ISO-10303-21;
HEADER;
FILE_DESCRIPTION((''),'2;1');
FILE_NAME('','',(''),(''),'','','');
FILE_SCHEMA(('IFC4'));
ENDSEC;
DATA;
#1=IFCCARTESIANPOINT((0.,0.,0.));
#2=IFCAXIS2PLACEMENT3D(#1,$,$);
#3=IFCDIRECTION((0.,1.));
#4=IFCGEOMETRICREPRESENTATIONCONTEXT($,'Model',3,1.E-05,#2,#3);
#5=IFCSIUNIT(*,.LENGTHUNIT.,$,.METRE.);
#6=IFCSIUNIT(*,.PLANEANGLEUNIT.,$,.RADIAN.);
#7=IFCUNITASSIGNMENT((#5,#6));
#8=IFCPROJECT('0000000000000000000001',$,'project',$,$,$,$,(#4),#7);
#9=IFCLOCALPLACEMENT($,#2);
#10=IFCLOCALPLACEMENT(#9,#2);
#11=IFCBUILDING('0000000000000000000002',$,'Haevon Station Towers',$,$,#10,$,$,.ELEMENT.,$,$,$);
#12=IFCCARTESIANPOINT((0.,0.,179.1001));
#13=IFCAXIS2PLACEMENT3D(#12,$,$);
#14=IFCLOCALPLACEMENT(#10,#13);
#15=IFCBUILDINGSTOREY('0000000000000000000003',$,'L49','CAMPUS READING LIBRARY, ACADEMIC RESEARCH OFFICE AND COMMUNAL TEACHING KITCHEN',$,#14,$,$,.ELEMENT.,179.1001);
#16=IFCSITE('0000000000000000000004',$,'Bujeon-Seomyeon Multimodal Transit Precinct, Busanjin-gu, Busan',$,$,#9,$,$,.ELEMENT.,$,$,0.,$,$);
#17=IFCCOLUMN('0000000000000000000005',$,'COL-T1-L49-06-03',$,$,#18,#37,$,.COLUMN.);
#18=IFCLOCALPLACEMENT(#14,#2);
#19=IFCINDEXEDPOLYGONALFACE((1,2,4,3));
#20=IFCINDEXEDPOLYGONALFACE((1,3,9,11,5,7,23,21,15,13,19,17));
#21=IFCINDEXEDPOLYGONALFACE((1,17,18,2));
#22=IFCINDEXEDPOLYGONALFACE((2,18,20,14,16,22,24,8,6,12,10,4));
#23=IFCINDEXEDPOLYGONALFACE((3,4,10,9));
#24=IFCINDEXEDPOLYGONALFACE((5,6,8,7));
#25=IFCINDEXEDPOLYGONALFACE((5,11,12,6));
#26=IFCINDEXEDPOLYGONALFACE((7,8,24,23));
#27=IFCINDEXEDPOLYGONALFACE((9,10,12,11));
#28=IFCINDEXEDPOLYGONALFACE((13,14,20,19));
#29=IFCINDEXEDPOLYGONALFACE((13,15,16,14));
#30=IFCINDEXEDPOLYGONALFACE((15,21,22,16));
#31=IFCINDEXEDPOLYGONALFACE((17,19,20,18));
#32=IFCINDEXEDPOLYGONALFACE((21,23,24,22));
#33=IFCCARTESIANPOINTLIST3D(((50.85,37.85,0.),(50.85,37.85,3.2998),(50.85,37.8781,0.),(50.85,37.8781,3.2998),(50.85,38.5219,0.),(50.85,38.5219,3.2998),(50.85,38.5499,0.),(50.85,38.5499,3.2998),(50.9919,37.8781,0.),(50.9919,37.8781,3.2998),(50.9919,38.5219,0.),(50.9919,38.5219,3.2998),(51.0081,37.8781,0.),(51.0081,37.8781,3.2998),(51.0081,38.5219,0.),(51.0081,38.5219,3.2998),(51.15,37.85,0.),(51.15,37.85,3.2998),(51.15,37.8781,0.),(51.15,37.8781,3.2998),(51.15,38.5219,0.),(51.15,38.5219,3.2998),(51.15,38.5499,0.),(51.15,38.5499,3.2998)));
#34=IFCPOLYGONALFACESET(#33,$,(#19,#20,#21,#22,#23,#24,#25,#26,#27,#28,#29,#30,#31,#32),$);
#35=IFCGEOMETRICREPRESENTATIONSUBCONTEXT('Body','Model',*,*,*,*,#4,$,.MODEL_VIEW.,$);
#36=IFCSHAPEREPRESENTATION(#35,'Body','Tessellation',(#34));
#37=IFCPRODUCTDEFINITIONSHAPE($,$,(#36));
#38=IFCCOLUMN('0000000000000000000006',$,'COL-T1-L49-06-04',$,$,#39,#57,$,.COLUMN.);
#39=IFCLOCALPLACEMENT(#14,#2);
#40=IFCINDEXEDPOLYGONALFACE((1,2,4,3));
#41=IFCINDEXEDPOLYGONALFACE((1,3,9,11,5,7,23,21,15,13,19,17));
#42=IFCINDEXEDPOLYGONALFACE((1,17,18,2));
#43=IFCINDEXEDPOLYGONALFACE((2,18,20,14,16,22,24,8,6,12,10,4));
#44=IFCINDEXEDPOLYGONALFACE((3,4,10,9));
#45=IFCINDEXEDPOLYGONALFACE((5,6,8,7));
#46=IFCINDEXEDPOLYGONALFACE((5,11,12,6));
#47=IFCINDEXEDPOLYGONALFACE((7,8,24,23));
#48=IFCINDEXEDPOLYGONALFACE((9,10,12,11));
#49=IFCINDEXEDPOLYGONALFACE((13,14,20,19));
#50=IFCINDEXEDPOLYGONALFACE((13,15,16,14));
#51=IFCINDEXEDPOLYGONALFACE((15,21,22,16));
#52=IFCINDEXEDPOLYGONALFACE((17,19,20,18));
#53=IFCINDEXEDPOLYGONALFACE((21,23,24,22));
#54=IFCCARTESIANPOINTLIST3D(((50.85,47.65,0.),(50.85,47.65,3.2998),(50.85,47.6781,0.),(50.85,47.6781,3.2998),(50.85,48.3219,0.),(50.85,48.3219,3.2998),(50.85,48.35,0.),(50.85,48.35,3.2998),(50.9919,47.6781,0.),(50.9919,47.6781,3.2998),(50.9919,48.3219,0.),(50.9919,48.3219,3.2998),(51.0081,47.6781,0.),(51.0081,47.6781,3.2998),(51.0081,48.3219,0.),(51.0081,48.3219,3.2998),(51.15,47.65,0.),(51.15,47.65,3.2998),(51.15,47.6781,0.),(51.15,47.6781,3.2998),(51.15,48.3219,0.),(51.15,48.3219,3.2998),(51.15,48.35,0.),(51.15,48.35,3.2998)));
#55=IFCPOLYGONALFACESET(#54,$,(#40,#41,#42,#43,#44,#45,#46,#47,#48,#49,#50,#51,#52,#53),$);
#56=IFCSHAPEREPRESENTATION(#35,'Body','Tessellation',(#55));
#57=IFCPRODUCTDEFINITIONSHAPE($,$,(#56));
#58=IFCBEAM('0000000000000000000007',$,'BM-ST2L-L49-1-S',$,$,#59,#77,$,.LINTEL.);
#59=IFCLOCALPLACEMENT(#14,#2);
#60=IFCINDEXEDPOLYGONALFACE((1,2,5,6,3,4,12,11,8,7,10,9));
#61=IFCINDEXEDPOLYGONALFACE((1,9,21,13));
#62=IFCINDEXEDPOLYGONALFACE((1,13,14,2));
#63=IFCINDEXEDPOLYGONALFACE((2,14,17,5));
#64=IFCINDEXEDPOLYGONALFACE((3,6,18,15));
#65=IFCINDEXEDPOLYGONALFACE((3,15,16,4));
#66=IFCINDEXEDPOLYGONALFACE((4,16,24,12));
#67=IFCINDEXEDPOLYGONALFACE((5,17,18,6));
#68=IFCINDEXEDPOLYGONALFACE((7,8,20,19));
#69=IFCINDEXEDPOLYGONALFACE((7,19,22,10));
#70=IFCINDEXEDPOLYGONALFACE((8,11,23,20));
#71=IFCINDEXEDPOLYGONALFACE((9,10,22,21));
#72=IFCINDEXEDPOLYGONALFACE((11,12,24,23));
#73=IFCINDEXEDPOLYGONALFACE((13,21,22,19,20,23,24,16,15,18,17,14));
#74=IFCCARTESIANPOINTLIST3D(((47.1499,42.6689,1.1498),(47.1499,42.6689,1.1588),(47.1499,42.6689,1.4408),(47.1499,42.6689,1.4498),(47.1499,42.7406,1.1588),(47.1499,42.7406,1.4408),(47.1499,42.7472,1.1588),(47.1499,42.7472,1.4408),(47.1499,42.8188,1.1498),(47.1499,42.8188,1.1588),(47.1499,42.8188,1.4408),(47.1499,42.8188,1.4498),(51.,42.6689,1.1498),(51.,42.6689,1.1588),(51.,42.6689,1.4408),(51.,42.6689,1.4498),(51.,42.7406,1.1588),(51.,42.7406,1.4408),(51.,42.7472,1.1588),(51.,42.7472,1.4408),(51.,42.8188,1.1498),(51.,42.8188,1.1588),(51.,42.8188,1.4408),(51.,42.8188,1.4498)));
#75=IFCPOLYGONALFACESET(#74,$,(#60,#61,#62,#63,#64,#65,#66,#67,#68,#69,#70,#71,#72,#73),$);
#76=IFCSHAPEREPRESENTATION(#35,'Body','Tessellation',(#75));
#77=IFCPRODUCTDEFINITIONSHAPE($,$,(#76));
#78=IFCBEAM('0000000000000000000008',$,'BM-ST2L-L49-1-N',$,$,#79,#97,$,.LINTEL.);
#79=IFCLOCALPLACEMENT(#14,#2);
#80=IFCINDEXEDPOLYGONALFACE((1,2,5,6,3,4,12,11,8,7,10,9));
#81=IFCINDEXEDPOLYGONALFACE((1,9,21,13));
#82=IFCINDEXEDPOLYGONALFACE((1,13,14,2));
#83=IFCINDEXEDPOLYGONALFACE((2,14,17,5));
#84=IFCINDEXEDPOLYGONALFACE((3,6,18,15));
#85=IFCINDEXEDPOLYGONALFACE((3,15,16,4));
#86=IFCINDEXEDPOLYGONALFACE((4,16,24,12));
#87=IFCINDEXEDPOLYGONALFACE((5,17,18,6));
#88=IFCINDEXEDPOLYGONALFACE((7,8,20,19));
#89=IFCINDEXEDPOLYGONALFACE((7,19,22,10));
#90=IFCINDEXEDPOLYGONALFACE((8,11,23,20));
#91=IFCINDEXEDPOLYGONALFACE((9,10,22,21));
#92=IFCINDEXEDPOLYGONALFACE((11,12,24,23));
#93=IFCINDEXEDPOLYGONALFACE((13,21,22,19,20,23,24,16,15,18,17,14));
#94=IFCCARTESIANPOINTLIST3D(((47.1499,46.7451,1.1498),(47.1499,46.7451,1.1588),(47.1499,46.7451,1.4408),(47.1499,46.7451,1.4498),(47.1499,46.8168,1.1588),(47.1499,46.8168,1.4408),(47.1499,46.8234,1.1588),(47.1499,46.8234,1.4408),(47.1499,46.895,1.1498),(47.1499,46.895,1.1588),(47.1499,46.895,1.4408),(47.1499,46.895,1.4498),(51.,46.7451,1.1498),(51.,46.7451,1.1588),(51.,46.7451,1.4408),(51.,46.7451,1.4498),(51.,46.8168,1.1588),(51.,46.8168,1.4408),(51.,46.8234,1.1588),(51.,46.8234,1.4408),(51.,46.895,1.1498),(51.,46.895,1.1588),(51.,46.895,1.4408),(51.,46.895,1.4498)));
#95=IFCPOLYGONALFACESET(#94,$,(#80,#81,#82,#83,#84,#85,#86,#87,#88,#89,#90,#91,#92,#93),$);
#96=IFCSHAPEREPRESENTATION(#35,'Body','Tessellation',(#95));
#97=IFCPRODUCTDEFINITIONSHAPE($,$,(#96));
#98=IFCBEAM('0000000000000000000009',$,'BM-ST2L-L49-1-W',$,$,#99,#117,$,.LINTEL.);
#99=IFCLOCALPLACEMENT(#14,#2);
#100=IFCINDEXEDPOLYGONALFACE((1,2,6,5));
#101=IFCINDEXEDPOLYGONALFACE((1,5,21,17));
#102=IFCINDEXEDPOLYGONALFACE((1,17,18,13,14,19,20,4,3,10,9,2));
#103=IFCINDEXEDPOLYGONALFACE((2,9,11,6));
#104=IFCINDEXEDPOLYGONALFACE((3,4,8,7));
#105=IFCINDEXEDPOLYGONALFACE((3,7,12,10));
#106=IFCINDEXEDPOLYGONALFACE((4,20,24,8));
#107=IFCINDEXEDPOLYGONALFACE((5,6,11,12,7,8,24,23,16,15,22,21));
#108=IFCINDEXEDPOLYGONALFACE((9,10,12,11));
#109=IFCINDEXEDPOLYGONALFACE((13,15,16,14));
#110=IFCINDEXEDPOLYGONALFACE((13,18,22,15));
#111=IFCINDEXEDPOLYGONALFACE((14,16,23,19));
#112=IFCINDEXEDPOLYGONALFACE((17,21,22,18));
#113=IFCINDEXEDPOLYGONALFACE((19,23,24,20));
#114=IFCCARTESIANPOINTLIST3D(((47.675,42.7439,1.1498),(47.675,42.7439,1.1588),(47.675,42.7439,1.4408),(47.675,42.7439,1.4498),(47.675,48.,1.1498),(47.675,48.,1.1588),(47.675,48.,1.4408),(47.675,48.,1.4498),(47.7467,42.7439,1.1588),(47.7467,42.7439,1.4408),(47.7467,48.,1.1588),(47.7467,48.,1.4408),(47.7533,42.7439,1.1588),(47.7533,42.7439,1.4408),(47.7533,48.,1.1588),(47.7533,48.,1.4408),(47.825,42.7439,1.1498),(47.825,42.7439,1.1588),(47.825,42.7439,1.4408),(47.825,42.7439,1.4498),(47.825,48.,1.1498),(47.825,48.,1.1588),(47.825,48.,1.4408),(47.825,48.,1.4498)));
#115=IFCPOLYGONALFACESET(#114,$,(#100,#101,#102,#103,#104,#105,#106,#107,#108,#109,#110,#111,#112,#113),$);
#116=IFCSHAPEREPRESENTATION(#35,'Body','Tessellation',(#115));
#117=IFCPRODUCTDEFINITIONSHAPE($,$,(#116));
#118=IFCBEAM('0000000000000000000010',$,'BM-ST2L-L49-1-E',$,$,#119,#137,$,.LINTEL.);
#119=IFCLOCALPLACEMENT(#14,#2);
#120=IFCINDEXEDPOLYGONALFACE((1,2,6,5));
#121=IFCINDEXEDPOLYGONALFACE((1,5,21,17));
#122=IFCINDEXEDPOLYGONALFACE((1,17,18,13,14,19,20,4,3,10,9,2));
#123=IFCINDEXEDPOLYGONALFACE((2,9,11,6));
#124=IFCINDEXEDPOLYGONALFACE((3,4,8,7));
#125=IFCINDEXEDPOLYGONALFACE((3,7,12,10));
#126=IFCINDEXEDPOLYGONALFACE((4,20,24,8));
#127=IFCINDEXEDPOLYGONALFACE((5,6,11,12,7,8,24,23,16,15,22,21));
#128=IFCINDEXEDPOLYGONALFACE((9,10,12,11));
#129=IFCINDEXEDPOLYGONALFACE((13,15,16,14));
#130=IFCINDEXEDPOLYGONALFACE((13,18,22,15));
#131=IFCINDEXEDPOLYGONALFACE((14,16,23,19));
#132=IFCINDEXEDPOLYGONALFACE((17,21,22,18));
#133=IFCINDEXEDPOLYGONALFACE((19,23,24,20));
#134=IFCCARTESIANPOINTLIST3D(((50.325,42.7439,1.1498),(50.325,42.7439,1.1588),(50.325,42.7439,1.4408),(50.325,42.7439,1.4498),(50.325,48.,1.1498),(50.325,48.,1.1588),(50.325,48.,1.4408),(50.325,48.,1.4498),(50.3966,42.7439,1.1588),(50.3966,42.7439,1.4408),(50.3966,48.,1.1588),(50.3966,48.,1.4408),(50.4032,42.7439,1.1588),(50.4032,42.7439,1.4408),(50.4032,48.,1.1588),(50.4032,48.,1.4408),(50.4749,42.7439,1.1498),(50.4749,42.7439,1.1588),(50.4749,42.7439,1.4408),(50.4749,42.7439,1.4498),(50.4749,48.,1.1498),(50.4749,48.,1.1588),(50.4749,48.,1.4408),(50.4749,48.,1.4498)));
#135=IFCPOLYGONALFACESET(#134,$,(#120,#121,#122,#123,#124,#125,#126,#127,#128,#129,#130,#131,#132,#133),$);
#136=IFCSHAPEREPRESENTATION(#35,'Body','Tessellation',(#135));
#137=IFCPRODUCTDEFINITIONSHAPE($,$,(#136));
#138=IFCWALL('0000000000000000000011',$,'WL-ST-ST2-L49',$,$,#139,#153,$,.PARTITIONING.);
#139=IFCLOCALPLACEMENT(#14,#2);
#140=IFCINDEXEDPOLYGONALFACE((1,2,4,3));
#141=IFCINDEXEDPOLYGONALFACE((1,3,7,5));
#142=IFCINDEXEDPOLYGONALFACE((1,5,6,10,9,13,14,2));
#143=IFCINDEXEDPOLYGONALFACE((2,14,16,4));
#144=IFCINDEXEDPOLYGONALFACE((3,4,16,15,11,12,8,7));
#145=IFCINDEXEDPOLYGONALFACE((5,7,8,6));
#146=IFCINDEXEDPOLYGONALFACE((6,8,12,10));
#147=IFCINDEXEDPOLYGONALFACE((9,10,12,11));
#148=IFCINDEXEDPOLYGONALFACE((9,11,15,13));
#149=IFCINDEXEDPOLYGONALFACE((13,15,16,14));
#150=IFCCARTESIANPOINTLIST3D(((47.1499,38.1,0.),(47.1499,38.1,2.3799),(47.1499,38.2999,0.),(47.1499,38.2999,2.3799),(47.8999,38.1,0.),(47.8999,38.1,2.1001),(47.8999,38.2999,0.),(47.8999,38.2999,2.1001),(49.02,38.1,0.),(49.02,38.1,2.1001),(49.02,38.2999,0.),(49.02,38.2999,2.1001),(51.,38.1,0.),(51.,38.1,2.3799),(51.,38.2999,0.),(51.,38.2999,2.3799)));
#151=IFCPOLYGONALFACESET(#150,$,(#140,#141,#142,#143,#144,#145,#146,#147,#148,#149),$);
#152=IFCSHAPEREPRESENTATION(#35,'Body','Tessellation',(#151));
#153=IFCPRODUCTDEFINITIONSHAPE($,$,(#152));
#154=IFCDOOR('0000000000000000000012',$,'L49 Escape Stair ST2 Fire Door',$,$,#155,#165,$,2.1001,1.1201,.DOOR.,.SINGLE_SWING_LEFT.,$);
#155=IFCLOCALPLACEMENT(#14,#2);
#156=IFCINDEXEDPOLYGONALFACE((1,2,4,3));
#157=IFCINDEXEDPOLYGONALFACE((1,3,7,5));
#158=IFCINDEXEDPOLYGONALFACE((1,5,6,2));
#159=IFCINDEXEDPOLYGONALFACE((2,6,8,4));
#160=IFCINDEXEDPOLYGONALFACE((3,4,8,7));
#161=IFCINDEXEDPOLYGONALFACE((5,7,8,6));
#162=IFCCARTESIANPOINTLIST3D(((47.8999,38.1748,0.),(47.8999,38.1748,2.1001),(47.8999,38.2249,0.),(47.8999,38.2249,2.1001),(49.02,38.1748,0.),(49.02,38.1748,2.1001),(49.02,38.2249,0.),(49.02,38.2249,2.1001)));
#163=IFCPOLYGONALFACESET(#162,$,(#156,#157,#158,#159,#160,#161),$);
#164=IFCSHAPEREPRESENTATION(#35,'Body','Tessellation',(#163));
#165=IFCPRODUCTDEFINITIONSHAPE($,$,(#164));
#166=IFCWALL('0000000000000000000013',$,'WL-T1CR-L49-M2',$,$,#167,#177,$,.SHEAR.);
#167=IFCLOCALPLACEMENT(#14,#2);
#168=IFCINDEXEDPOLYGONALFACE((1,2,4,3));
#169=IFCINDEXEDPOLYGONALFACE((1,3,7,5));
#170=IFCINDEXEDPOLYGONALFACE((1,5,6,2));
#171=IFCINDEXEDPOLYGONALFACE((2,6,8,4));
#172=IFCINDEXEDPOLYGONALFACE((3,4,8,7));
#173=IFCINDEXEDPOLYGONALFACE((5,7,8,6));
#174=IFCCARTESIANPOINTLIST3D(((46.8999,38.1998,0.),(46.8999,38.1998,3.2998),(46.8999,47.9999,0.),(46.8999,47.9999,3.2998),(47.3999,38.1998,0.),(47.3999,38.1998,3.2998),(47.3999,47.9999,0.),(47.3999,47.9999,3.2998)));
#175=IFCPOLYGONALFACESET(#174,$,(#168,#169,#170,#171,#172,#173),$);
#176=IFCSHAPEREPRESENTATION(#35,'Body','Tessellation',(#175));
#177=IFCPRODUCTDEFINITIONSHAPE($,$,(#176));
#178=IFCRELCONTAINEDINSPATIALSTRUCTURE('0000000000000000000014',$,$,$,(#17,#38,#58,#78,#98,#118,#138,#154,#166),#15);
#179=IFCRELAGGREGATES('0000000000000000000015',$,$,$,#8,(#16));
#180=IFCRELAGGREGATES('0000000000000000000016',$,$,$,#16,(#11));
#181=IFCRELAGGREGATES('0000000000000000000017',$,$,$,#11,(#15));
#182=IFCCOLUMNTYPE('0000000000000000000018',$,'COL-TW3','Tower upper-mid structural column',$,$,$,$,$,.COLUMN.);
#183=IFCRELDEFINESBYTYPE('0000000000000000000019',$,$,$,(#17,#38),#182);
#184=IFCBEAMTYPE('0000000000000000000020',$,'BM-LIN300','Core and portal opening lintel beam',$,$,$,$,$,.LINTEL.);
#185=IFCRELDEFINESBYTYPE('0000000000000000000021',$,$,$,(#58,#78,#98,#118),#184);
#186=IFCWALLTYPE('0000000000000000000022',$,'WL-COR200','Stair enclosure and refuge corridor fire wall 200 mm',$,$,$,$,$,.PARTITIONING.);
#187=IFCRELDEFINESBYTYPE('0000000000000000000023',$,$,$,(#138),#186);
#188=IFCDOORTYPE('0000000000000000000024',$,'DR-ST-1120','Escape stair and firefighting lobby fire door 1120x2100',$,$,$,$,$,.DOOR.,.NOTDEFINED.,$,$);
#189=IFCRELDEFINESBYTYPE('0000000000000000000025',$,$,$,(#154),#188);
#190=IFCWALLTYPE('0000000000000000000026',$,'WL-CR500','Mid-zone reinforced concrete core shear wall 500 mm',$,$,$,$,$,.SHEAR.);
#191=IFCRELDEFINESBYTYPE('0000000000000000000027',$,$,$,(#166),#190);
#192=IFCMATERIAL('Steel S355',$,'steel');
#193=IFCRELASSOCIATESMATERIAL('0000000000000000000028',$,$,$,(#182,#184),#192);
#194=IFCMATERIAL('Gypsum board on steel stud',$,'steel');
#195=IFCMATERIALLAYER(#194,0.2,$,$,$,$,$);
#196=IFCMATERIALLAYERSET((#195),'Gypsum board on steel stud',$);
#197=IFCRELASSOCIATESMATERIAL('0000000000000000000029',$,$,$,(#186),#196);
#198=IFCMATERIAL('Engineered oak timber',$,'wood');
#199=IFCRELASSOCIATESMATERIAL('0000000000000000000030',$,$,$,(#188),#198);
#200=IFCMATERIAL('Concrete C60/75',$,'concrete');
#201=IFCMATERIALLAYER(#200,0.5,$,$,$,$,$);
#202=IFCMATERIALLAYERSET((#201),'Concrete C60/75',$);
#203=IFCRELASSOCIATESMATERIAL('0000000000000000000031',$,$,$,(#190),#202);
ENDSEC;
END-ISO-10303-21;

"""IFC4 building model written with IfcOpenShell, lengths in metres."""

from ifc_helpers import new_model, si_unit, direction, frame, frame_2d, origin, origin_2d, place, context, subcontext, project, spatial, rectangle, i_section, extrude, material, layer, layer_set, material_profile, profile_set, type_object, element, fill, save


model = new_model("IFC4")

# Units and contexts
model_context = context("Model", 3, precision=1e-05, world=origin(), true_north=direction((0.0, 1.0)))
body_context = subcontext(model_context, "Body", "Model", "MODEL_VIEW")
ifc_project = project(units=[si_unit("LENGTHUNIT", "METRE"), si_unit("PLANEANGLEUNIT", "RADIAN")], contexts=[model_context])

# Site, building, storey
site_placement = place(None, origin())
site = spatial("IfcSite", under=ifc_project, at=site_placement, Name="Bujeon-Seomyeon Multimodal Transit Precinct, Busanjin-gu, Busan", CompositionType="ELEMENT", RefElevation=0.0)
building_placement = place(site_placement, origin())
building = spatial("IfcBuilding", under=site, at=building_placement, Name="Haevon Station Towers", CompositionType="ELEMENT")
storey_placement = place(building_placement, frame((0.0, 0.0, 179.1001)))
storey = spatial("IfcBuildingStorey", under=building, at=storey_placement, Name="L49", Description="CAMPUS READING LIBRARY, ACADEMIC RESEARCH OFFICE AND COMMUNAL TEACHING KITCHEN", CompositionType="ELEMENT", Elevation=179.1001)

# Columns
ifc_material_1 = material(Name="Steel S355", Category="steel")
ifc_material_profile_1 = material_profile(ifc_material_1, i_section(OverallWidth=0.3, OverallDepth=0.7, WebThickness=0.0161, FlangeThickness=0.0281, at=origin_2d()), Name="H-700x300x16x28")
ifc_profile_set_1 = profile_set([ifc_material_profile_1], Name="Steel S355")
column_type = type_object("IfcColumnType", Name="COL-TW3", Description="Tower upper-mid structural column", PredefinedType="COLUMN", material=ifc_profile_set_1)
for number, where, z_axis, x_axis, name in (
    (1, (51.0, 38.2, 0.0), (0.0, 0.0, 1.0), (1.0, 0.0, 0.0), "COL-T1-L49-06-03"),
    (2, (51.0, 48.0, 0.0), (0.0, 0.0, 1.0), (1.0, 0.0, 0.0), "COL-T1-L49-06-04"),
):
    element("IfcColumn", number, at=place(storey_placement, frame(where, z_axis=z_axis, x_axis=x_axis)), inside=storey, type_object=column_type, Name=name, PredefinedType="COLUMN", context=body_context, shape_type="SweptSolid", body=[
        extrude(i_section(OverallWidth=0.3, OverallDepth=0.7, WebThickness=0.0161, FlangeThickness=0.0281, at=origin_2d()), origin(), (0.0, 0.0, 1.0), 3.2998),
    ])

# Beams
ifc_material_profile_2 = material_profile(ifc_material_1, i_section(OverallWidth=0.1499, OverallDepth=0.3, WebThickness=0.0066, FlangeThickness=0.009, at=origin_2d()), Name="H-300x150x6.5x9")
ifc_profile_set_2 = profile_set([ifc_material_profile_2], Name="Steel S355")
beam_type = type_object("IfcBeamType", Name="BM-LIN300", Description="Core and portal opening lintel beam", PredefinedType="LINTEL", material=ifc_profile_set_2)
for number, where, z_axis, x_axis, name in (
    (3, (47.1499, 42.7439, 1.2998), (1.0, 0.0, 0.0), (0.0, 1.0, 0.0), "BM-ST2L-L49-1-S"),
    (4, (47.1499, 46.8201, 1.2998), (1.0, 0.0, 0.0), (0.0, 1.0, 0.0), "BM-ST2L-L49-1-N"),
):
    element("IfcBeam", number, at=place(storey_placement, frame(where, z_axis=z_axis, x_axis=x_axis)), inside=storey, type_object=beam_type, Name=name, PredefinedType="LINTEL", context=body_context, shape_type="SweptSolid", body=[
        extrude(i_section(OverallWidth=0.1499, OverallDepth=0.3, WebThickness=0.0066, FlangeThickness=0.009, at=origin_2d()), origin(), (0.0, 0.0, 1.0), 3.8501),
    ])
for number, where, z_axis, x_axis, name in (
    (5, (47.75, 42.7439, 1.2998), (0.0, 1.0, 0.0), (-1.0, 0.0, 0.0), "BM-ST2L-L49-1-W"),
    (6, (50.3999, 42.7439, 1.2998), (0.0, 1.0, 0.0), (-1.0, 0.0, 0.0), "BM-ST2L-L49-1-E"),
):
    element("IfcBeam", number, at=place(storey_placement, frame(where, z_axis=z_axis, x_axis=x_axis)), inside=storey, type_object=beam_type, Name=name, PredefinedType="LINTEL", context=body_context, shape_type="SweptSolid", body=[
        extrude(i_section(OverallWidth=0.1499, OverallDepth=0.3, WebThickness=0.0066, FlangeThickness=0.009, at=origin_2d()), origin(), (0.0, 0.0, 1.0), 5.2561),
    ])

# Wall, opening, door
ifc_material_2 = material(Name="Gypsum board on steel stud", Category="steel")
ifc_layer_1 = layer(ifc_material_2, 0.2)
ifc_layer_set_1 = layer_set([ifc_layer_1], Name="Gypsum board on steel stud")
wall_type_1 = type_object("IfcWallType", Name="WL-COR200", Description="Stair enclosure and refuge corridor fire wall 200 mm", PredefinedType="PARTITIONING", material=ifc_layer_set_1)
wall_1_placement = place(storey_placement, frame((47.1499, 38.2, 0.0), z_axis=(0.0, 0.0, 1.0), x_axis=(1.0, 0.0, 0.0)))
wall_1 = element("IfcWall", 7, at=wall_1_placement, inside=storey, type_object=wall_type_1, Name="WL-ST-ST2-L49", PredefinedType="PARTITIONING", context=body_context, shape_type="SweptSolid", body=[
    extrude(rectangle(XDim=3.8501, YDim=0.2, at=frame_2d((1.925, 0.0))), origin(), (0.0, 0.0, 1.0), 2.3799),
])
opening_placement = place(wall_1_placement, frame((0.75, 0.0, 0.0)))
opening = element("IfcOpeningElement", 8, at=opening_placement, cuts=wall_1, PredefinedType="OPENING", context=body_context, shape_type="SweptSolid", body=[
    extrude(rectangle(XDim=1.1201, YDim=2.1001, at=frame_2d((0.5601, 1.05))), frame((0.0, 0.1099, 0.0), z_axis=(0.0, -1.0, 0.0), x_axis=(1.0, 0.0, 0.0)), (0.0, 0.0, 1.0), 0.22),
])
ifc_material_3 = material(Name="Engineered oak timber", Category="wood")
door_type = type_object("IfcDoorType", Name="DR-ST-1120", Description="Escape stair and firefighting lobby fire door 1120x2100", OperationType="NOTDEFINED", PredefinedType="DOOR", material=ifc_material_3)
door_placement = place(opening_placement, origin())
door = element("IfcDoor", 9, at=door_placement, inside=storey, type_object=door_type, Name="L49 Escape Stair ST2 Fire Door", OperationType="SINGLE_SWING_LEFT", OverallHeight=2.1001, OverallWidth=1.1201, PredefinedType="DOOR", context=body_context, shape_type="SweptSolid", body=[
    extrude(rectangle(XDim=1.1201, YDim=2.1001, at=frame_2d((0.5601, 1.05))), frame((0.0, 0.0249, 0.0), z_axis=(0.0, -1.0, 0.0), x_axis=(1.0, 0.0, 0.0)), (0.0, 0.0, 1.0), 0.05),
])
fill(opening, door)

# Wall
ifc_material_4 = material(Name="Concrete C60/75", Category="concrete")
ifc_layer_2 = layer(ifc_material_4, 0.5)
ifc_layer_set_2 = layer_set([ifc_layer_2], Name="Concrete C60/75")
wall_type_2 = type_object("IfcWallType", Name="WL-CR500", Description="Mid-zone reinforced concrete core shear wall 500 mm", PredefinedType="SHEAR", material=ifc_layer_set_2)
wall_2_placement = place(storey_placement, frame((47.1499, 38.2, 0.0), z_axis=(0.0, 0.0, 1.0), x_axis=(0.0, 1.0, 0.0)))
element("IfcWall", 10, at=wall_2_placement, inside=storey, type_object=wall_type_2, Name="WL-T1CR-L49-M2", PredefinedType="SHEAR", context=body_context, shape_type="SweptSolid", body=[
    extrude(rectangle(XDim=9.8, YDim=0.5, at=frame_2d((4.8999, 0.0))), origin(), (0.0, 0.0, 1.0), 3.2998),
])

save(model, "model.ifc")
